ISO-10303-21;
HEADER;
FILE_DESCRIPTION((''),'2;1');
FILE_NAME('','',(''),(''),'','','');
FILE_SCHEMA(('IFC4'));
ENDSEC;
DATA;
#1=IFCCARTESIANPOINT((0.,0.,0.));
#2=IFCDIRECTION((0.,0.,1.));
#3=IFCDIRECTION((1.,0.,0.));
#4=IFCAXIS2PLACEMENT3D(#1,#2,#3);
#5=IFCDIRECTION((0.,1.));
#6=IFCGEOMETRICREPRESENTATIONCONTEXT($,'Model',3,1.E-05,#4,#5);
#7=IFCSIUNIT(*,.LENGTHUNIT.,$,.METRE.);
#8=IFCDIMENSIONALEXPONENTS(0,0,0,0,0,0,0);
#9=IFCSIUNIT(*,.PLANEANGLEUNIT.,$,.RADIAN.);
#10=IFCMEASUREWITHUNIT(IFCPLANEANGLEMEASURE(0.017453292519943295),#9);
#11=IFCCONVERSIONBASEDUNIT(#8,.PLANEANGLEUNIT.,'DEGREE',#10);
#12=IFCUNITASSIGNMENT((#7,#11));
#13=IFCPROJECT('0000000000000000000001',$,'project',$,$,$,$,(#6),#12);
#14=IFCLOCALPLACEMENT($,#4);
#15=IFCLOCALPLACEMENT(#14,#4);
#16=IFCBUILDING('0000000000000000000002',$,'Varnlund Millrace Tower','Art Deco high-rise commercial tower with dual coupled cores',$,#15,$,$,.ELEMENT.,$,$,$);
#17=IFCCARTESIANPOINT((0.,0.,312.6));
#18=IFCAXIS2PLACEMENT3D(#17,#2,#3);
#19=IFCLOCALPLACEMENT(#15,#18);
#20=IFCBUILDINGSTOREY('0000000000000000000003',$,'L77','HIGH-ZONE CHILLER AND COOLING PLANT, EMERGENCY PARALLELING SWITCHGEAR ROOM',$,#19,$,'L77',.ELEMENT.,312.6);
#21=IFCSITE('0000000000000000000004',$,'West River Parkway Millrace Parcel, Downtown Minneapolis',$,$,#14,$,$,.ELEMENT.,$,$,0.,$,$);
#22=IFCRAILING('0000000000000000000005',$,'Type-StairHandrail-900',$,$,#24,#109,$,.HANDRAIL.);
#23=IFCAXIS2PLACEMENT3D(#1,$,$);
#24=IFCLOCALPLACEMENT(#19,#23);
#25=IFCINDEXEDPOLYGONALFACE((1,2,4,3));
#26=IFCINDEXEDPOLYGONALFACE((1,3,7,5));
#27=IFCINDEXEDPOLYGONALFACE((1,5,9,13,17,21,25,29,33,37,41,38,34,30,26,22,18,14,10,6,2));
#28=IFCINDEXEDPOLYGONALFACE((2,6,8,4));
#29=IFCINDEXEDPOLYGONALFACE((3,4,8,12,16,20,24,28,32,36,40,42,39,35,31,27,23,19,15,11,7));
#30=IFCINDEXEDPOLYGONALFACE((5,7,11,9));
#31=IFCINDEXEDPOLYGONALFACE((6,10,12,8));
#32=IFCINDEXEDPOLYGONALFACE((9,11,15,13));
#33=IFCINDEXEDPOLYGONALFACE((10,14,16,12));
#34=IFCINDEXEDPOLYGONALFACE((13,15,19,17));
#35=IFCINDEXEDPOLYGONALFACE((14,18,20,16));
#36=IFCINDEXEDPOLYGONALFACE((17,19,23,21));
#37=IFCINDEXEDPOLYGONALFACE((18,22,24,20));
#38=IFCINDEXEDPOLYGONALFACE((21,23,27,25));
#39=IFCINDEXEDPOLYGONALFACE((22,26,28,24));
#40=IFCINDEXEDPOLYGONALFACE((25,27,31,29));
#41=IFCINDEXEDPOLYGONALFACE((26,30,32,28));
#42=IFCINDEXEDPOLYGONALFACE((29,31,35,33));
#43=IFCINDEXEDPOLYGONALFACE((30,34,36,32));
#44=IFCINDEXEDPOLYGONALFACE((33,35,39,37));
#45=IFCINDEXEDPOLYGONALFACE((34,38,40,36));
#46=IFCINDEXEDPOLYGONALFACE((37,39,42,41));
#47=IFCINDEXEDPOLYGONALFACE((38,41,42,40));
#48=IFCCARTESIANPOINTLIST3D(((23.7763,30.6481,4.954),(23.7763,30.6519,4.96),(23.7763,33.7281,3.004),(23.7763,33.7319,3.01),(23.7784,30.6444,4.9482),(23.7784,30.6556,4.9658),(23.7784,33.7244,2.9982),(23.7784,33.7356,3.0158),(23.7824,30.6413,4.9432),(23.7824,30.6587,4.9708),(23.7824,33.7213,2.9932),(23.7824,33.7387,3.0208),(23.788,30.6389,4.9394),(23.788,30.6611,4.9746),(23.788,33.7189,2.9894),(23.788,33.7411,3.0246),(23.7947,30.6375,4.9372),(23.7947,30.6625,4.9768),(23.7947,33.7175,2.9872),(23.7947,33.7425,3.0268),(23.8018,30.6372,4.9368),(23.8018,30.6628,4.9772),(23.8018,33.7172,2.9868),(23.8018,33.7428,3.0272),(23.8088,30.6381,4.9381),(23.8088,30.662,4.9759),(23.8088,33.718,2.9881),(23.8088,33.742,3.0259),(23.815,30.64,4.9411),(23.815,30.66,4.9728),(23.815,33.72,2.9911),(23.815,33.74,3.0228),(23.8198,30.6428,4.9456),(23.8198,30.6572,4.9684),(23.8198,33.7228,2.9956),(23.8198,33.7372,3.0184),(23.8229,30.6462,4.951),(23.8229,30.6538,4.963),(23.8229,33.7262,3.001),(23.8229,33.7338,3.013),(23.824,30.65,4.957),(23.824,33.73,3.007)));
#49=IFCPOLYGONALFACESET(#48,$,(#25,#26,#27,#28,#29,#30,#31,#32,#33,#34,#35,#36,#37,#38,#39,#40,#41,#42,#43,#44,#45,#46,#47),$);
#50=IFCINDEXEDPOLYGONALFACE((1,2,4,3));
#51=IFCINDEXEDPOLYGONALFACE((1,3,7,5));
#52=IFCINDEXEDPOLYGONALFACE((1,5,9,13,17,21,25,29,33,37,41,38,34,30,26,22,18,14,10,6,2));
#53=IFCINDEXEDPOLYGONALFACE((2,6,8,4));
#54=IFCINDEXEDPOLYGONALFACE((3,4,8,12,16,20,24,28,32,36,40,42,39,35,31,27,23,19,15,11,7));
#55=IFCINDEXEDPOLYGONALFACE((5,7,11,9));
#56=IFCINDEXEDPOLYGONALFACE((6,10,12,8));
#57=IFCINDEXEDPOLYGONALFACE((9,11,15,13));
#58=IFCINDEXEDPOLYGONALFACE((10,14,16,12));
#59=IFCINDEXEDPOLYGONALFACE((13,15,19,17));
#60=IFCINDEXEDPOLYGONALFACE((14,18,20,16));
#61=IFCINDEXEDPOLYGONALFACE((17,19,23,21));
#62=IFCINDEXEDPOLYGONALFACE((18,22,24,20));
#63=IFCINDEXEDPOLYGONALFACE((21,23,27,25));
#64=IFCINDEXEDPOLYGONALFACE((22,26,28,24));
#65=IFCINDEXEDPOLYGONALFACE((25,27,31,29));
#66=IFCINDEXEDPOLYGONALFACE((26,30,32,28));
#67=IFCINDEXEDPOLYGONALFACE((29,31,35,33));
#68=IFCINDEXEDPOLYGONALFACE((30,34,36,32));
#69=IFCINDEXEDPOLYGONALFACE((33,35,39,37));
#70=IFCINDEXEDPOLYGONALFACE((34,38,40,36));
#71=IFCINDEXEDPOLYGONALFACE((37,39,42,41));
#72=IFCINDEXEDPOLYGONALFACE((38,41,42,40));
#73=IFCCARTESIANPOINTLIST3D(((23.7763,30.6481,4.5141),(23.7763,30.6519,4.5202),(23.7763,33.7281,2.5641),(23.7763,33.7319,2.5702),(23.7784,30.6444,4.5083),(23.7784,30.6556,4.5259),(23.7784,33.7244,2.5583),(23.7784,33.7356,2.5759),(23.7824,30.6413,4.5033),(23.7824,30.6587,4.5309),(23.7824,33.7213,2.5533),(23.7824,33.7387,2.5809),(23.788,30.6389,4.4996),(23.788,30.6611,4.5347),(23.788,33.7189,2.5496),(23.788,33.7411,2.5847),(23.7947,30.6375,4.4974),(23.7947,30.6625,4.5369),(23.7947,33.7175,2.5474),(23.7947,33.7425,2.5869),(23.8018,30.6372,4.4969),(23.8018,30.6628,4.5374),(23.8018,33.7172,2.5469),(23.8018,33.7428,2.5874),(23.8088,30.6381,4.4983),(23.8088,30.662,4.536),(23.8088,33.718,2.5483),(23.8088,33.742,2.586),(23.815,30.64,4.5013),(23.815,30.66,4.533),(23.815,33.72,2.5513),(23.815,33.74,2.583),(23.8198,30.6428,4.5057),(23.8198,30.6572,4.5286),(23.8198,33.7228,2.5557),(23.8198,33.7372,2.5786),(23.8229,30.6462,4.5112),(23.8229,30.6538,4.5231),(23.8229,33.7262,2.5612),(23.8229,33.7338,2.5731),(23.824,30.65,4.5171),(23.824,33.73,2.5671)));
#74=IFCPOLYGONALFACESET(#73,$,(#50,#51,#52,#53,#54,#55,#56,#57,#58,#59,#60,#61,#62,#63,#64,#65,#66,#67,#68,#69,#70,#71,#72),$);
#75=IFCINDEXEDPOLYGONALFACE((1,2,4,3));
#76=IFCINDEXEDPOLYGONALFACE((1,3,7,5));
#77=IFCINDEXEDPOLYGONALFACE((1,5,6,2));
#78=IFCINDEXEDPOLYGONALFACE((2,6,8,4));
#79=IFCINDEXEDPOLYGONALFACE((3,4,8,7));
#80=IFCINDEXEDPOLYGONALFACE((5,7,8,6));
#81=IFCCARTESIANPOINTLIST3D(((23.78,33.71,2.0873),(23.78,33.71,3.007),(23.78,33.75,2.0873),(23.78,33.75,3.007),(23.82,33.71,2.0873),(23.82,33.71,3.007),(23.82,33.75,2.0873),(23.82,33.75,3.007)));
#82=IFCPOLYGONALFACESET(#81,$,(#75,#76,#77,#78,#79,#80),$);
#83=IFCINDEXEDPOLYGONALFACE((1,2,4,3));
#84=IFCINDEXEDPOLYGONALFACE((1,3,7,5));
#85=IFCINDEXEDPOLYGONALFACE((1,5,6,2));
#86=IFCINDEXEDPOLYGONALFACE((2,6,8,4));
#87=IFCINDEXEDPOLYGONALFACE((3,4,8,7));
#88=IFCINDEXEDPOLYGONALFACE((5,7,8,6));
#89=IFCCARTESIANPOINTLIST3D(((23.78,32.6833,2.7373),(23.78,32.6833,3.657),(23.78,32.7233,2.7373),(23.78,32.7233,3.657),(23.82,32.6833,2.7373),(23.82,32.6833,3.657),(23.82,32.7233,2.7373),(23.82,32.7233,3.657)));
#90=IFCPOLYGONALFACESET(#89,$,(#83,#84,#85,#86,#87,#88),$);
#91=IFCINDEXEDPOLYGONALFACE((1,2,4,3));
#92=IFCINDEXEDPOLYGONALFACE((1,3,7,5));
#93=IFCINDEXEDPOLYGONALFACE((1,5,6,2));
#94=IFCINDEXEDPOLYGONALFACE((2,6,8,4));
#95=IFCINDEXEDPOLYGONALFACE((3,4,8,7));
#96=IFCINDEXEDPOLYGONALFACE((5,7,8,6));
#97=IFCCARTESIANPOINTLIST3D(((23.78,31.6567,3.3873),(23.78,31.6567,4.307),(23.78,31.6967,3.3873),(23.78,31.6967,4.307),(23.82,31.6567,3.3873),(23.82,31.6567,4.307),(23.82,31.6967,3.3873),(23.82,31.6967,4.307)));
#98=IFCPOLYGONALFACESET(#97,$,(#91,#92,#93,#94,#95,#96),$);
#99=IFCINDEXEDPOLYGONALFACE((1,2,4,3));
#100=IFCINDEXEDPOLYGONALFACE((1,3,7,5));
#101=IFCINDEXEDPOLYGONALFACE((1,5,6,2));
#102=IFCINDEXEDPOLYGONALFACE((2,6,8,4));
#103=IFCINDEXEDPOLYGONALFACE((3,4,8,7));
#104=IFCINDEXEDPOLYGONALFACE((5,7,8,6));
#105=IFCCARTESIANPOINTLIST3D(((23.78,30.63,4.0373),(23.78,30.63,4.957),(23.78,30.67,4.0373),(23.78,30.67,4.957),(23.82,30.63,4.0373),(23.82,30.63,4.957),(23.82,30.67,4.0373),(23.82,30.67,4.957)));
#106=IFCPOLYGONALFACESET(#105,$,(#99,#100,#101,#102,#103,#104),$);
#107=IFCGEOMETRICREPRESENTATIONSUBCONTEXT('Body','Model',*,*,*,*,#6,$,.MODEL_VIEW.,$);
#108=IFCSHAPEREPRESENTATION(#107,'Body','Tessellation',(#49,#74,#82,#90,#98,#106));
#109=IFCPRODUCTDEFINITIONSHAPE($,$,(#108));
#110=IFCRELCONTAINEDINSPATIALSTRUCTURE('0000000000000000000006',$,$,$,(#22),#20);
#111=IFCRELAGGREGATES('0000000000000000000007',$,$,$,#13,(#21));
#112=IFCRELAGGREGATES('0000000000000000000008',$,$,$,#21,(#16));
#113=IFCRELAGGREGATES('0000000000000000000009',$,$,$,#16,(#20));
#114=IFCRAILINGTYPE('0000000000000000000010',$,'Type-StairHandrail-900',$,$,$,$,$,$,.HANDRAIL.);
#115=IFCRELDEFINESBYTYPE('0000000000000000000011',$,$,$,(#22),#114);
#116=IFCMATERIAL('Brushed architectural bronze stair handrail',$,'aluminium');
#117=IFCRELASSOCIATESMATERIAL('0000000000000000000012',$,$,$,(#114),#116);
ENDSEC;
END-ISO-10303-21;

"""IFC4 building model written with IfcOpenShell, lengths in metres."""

from ifc_helpers import new_model, entity, si_unit, converted_unit, direction, frame, origin_with_axes, origin_2d_with_axis, place, context, subcontext, project, spatial, rectangle, circle, extrude, material, type_object, element, save


model = new_model("IFC4")

# Units and contexts
model_context = context("Model", 3, precision=1e-05, world=origin_with_axes(), true_north=direction((0.0, 1.0)))
body_context = subcontext(model_context, "Body", "Model", "MODEL_VIEW")
ifc_project = project(units=[si_unit("LENGTHUNIT", "METRE"), converted_unit("PLANEANGLEUNIT", "DEGREE", entity("IfcPlaneAngleMeasure", 0.017453292519943295), si_unit("PLANEANGLEUNIT", "RADIAN"), dimensions=[0, 0, 0, 0, 0, 0, 0])], contexts=[model_context])

# Site, building, storey
site_placement = place(None, origin_with_axes())
site = spatial("IfcSite", under=ifc_project, at=site_placement, Name="West River Parkway Millrace Parcel, Downtown Minneapolis", CompositionType="ELEMENT", RefElevation=0.0)
building_placement = place(site_placement, origin_with_axes())
building = spatial("IfcBuilding", under=site, at=building_placement, Name="Varnlund Millrace Tower", Description="Art Deco high-rise commercial tower with dual coupled cores", CompositionType="ELEMENT")
storey_placement = place(building_placement, frame((0.0, 0.0, 312.6), z_axis=(0.0, 0.0, 1.0), x_axis=(1.0, 0.0, 0.0)))
storey = spatial("IfcBuildingStorey", under=building, at=storey_placement, Name="L77", Description="HIGH-ZONE CHILLER AND COOLING PLANT, EMERGENCY PARALLELING SWITCHGEAR ROOM", LongName="L77", CompositionType="ELEMENT", Elevation=312.6)

# Railing
ifc_material_1 = material(Name="Brushed architectural bronze stair handrail", Category="aluminium")
railing_type_1 = type_object("IfcRailingType", Name="Type-StairHandrail-900", PredefinedType="HANDRAIL", material=ifc_material_1)
railing_1_placement = place(storey_placement, frame((0.0, 0.0, -312.6), z_axis=(0.0, 0.0, 1.0), x_axis=(1.0, 0.0, 0.0)))
element("IfcRailing", 1, at=railing_1_placement, inside=storey, type_object=railing_type_1, Name="Type-StairHandrail-900", PredefinedType="HANDRAIL", context=body_context, shape_type="SweptSolid", body=[
    extrude(circle(Radius=0.024, at=origin_2d_with_axis()), frame((23.8, 33.73, 315.607), z_axis=(0.0, -0.844902, 0.534922), x_axis=(1.0, 0.0, 0.0)), (0.0, 0.0, 1.0), 3.6454),
    extrude(circle(Radius=0.024, at=origin_2d_with_axis()), frame((23.8, 33.73, 315.1671), z_axis=(0.0, -0.844902, 0.534922), x_axis=(1.0, 0.0, 0.0)), (0.0, 0.0, 1.0), 3.6454),
    extrude(rectangle(XDim=0.04, YDim=0.04, at=origin_2d_with_axis()), frame((23.8, 33.73, 314.6873), z_axis=(0.0, 0.0, 1.0), x_axis=(1.0, 0.0, 0.0)), (0.0, 0.0, 1.0), 0.9197),
    extrude(rectangle(XDim=0.04, YDim=0.04, at=origin_2d_with_axis()), frame((23.8, 32.7033, 315.3373), z_axis=(0.0, 0.0, 1.0), x_axis=(1.0, 0.0, 0.0)), (0.0, 0.0, 1.0), 0.9197),
    extrude(rectangle(XDim=0.04, YDim=0.04, at=origin_2d_with_axis()), frame((23.8, 31.6767, 315.9873), z_axis=(0.0, 0.0, 1.0), x_axis=(1.0, 0.0, 0.0)), (0.0, 0.0, 1.0), 0.9197),
    extrude(rectangle(XDim=0.04, YDim=0.04, at=origin_2d_with_axis()), frame((23.8, 30.65, 316.6373), z_axis=(0.0, 0.0, 1.0), x_axis=(1.0, 0.0, 0.0)), (0.0, 0.0, 1.0), 0.9197),
])

save(model, "model.ifc")
